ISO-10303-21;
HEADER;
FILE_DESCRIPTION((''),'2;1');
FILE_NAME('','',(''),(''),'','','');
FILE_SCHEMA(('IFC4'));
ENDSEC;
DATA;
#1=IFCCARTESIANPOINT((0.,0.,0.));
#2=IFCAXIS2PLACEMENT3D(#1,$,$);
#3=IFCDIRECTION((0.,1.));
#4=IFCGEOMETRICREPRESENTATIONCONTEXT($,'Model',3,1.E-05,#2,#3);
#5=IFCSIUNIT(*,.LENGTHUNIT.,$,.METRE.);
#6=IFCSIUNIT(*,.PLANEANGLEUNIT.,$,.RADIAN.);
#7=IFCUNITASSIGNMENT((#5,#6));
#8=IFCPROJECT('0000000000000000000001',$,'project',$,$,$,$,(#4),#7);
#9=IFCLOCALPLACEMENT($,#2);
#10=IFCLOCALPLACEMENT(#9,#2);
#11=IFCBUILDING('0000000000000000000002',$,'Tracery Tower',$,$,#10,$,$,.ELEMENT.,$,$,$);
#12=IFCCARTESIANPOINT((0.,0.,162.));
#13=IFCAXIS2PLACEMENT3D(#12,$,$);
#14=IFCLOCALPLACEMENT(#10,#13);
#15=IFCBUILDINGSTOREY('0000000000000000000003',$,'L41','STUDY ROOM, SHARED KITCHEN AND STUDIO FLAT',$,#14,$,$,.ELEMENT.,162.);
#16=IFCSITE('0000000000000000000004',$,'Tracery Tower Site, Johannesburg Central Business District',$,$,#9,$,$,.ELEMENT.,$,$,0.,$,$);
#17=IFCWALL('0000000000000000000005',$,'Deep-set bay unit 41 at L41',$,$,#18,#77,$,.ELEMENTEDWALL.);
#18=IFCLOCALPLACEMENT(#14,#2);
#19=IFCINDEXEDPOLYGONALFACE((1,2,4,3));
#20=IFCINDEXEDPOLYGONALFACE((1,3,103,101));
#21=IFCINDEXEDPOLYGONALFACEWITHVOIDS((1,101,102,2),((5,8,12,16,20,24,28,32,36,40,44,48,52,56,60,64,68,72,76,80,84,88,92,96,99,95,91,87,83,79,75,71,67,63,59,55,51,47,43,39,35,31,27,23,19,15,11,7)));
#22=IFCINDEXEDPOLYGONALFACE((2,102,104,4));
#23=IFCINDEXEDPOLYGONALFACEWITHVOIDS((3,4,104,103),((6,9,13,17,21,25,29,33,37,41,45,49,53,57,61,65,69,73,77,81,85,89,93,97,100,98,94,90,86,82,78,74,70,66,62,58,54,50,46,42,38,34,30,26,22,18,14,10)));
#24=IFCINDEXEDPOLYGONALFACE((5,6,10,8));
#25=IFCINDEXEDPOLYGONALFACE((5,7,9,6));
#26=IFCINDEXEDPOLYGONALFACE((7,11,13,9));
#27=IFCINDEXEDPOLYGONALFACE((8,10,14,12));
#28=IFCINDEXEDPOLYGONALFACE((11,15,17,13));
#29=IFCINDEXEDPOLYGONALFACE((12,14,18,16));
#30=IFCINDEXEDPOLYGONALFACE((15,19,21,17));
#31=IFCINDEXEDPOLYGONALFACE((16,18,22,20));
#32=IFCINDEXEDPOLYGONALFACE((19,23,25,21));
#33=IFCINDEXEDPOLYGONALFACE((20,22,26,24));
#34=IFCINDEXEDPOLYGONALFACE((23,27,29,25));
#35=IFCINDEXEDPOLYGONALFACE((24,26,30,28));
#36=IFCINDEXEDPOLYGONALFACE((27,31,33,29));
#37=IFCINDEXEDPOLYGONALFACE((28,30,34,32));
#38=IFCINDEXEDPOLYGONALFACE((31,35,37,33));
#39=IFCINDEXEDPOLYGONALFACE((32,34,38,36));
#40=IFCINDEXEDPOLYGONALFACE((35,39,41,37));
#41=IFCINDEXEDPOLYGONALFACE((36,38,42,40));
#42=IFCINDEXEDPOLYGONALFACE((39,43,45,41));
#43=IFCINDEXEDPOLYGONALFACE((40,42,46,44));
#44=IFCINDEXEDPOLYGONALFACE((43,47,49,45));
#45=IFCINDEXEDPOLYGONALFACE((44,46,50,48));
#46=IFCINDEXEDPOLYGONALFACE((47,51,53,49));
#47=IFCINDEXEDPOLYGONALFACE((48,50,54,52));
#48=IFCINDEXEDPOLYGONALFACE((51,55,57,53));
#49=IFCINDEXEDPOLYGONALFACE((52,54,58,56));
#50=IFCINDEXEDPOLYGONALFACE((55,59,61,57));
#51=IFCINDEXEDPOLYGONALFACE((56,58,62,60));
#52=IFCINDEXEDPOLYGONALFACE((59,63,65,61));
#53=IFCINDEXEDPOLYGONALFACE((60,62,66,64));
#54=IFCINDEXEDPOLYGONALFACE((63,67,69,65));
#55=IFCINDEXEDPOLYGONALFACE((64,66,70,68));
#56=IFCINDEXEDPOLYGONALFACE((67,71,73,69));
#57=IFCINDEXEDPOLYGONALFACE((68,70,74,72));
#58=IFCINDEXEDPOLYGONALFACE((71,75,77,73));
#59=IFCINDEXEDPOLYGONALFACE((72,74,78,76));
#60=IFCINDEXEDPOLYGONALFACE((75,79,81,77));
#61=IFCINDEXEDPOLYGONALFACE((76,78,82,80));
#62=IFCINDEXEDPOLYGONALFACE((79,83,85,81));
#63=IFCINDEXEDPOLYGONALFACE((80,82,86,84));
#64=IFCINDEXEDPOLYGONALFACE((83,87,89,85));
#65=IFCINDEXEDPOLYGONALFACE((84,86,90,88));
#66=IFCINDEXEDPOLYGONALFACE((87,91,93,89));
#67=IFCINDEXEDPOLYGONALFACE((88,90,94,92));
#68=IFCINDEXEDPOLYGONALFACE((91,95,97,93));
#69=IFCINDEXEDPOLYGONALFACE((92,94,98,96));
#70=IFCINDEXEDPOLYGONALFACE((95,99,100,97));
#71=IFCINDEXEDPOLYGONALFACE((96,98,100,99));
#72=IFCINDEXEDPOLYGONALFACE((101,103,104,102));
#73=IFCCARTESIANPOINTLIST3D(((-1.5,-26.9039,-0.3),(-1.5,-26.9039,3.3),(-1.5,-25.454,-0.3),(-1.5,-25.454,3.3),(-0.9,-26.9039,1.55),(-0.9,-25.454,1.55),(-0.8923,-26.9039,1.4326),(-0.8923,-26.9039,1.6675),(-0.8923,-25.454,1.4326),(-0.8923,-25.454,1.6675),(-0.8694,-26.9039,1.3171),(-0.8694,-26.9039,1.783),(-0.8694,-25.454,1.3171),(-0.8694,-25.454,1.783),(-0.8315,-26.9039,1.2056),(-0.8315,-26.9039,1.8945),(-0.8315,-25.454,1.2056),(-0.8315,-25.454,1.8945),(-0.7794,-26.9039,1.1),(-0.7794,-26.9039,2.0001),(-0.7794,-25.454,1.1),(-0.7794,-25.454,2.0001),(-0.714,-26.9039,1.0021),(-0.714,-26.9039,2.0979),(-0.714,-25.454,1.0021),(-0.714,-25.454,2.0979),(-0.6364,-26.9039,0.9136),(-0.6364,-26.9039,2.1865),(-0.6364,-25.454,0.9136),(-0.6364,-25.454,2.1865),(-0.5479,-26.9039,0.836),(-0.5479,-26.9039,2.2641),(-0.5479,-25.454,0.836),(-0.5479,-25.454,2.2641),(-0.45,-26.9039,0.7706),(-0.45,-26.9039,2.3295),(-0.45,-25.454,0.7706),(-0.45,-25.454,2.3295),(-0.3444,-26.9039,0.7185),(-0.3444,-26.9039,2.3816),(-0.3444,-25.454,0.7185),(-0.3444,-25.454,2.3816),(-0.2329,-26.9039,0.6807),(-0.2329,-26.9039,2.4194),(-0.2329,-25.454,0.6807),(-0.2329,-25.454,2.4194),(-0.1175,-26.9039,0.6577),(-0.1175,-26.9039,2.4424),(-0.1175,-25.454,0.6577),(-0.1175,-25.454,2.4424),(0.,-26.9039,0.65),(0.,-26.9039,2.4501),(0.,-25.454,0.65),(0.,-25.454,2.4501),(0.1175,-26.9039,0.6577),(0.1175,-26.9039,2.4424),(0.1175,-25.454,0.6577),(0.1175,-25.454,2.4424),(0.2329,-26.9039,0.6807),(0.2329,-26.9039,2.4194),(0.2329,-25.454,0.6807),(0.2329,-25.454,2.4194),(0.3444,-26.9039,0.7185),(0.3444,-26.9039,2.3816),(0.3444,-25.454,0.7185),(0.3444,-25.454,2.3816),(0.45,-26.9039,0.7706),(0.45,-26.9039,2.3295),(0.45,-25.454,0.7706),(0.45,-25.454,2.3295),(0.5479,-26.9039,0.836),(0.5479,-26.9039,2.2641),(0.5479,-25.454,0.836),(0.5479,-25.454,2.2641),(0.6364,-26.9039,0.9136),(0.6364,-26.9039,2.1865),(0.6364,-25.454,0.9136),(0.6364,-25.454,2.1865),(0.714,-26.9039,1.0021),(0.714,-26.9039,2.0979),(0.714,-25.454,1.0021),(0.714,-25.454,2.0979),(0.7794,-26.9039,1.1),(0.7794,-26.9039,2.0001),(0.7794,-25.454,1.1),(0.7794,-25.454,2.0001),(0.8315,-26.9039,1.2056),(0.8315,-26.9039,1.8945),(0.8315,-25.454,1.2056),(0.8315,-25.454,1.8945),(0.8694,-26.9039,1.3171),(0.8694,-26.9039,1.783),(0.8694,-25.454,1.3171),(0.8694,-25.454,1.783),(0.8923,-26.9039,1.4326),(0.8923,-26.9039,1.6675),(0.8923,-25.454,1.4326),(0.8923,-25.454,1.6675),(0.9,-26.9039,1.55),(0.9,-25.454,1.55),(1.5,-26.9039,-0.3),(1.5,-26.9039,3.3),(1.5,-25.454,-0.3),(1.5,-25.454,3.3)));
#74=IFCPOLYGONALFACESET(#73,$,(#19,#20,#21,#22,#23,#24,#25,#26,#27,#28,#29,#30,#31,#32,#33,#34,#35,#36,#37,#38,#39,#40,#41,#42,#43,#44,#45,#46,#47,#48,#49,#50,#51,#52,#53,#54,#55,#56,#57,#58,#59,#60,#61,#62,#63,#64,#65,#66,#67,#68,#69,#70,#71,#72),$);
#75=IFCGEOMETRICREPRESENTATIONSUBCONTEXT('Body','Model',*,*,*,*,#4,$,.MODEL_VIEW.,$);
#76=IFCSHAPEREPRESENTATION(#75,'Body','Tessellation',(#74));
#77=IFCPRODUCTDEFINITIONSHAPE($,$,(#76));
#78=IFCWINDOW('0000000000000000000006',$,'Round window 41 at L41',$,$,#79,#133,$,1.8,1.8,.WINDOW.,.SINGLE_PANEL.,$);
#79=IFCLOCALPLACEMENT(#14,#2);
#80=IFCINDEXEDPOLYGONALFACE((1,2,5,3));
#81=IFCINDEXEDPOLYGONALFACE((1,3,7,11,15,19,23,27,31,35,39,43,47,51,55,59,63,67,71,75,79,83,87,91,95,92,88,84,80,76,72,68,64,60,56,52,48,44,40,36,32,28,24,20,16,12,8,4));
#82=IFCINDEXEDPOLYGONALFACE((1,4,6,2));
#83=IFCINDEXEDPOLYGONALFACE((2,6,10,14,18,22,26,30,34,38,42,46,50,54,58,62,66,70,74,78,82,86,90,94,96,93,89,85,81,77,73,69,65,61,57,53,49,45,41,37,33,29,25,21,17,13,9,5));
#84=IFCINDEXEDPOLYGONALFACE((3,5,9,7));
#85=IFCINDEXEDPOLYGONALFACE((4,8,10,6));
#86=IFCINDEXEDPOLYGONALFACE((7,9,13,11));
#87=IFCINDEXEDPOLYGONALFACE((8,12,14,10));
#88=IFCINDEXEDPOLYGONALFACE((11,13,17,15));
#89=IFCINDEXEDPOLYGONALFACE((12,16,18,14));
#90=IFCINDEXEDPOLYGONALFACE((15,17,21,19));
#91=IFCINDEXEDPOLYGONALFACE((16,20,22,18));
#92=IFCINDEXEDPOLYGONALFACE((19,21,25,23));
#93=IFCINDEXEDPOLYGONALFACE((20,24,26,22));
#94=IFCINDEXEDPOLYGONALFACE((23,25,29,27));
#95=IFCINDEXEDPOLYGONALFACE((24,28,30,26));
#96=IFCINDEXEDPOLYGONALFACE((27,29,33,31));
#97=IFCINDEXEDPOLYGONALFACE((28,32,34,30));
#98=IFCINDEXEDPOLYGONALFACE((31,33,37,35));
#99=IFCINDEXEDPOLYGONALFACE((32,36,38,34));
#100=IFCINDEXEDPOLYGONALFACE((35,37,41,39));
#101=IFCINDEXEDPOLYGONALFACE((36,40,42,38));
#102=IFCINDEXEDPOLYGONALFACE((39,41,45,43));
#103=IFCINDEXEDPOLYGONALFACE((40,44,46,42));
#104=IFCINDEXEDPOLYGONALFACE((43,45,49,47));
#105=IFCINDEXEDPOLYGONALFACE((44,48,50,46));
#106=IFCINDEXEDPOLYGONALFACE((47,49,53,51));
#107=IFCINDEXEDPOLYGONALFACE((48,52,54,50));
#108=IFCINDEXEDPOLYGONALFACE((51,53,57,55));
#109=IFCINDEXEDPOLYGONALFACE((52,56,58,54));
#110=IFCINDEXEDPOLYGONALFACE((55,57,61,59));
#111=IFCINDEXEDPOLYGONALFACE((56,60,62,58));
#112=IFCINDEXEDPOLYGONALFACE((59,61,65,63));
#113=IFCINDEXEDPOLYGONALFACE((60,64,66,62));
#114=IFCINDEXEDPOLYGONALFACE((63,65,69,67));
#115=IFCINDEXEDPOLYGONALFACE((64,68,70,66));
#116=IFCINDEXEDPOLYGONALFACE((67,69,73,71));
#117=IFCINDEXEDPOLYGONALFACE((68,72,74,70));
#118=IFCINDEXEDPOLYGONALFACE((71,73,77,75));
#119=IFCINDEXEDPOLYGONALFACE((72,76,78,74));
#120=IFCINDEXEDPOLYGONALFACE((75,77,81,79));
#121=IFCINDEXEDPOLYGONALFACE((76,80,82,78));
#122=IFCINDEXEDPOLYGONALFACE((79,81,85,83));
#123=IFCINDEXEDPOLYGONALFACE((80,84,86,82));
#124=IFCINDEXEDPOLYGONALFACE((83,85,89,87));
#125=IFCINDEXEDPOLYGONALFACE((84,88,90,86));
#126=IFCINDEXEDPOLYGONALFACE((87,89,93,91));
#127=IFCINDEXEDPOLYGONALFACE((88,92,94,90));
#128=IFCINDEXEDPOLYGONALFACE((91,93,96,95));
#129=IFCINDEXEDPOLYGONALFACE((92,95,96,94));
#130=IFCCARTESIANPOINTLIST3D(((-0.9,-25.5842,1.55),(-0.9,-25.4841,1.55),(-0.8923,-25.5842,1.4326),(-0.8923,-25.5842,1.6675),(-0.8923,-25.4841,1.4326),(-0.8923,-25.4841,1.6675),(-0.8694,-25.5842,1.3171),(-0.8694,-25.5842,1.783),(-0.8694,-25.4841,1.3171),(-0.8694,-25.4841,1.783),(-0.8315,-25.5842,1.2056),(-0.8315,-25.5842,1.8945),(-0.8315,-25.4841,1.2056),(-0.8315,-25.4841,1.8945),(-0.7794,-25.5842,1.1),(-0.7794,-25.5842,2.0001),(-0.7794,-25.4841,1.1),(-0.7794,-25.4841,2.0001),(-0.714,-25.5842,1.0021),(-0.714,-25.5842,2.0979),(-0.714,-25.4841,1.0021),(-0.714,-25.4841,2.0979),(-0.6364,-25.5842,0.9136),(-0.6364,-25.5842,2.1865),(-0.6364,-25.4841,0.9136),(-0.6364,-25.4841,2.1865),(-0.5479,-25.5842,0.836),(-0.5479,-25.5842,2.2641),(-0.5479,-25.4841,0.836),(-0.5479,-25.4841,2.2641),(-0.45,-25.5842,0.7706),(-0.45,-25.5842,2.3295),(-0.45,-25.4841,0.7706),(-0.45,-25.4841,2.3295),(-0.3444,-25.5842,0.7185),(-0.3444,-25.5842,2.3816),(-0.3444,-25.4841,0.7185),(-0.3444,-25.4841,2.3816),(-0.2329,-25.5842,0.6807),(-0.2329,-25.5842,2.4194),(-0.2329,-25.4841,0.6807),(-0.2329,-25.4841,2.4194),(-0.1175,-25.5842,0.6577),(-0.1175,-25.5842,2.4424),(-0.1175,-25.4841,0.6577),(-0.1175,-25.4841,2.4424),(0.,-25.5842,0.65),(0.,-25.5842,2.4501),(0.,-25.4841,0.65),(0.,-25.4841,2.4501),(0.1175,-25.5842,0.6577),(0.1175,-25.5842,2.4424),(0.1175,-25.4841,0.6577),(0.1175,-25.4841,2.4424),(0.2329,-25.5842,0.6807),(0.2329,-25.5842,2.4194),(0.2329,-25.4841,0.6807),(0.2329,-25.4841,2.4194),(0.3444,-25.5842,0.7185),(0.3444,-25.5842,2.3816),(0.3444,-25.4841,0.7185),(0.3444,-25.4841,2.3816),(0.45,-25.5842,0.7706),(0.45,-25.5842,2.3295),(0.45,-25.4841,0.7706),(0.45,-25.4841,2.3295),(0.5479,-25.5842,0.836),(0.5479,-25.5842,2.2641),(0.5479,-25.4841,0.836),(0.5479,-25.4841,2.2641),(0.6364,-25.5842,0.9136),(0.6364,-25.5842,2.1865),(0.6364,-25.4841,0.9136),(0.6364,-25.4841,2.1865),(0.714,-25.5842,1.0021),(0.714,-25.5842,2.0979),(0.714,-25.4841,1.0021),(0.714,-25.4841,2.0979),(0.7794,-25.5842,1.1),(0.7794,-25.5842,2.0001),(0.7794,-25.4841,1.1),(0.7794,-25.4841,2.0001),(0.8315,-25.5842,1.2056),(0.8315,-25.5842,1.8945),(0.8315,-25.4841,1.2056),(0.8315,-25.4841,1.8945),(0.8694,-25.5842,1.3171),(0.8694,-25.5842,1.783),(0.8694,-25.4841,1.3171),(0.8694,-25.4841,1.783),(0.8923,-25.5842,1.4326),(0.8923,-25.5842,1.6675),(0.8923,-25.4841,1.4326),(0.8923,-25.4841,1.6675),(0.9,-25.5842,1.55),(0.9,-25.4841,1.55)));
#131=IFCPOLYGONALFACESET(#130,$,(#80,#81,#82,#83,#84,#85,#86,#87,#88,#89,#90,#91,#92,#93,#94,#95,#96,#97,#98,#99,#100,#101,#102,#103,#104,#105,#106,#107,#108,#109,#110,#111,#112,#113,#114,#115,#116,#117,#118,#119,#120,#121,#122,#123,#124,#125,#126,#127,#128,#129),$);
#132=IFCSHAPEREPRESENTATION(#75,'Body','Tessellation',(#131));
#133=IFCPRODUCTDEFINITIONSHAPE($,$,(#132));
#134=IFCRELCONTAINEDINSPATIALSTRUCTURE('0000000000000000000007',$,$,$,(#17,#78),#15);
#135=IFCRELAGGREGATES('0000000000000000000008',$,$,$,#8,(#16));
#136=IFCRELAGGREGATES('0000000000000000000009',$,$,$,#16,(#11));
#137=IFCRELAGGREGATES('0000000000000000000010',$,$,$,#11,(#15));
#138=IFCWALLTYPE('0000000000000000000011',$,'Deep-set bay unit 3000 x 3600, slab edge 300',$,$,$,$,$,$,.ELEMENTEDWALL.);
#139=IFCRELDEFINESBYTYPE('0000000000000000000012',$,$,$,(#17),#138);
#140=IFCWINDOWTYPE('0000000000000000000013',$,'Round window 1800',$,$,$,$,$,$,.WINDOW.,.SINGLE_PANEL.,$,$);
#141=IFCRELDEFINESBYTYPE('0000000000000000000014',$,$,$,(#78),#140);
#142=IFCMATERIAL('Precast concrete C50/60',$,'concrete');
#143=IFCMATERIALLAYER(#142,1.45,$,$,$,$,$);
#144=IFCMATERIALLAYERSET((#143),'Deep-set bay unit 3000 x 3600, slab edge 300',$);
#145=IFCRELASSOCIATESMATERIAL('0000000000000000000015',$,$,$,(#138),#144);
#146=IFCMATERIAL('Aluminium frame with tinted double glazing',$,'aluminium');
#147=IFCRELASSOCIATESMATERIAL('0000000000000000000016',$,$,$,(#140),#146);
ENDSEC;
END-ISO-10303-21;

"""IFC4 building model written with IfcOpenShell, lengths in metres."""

from ifc_helpers import new_model, si_unit, direction, frame, frame_2d, origin, origin_2d, place, context, subcontext, project, spatial, rectangle, circle, extrude, material, layer, layer_set, type_object, element, fill, save


model = new_model("IFC4")

# Units and contexts
model_context = context("Model", 3, precision=1e-05, world=origin(), true_north=direction((0.0, 1.0)))
body_context = subcontext(model_context, "Body", "Model", "MODEL_VIEW")
ifc_project = project(units=[si_unit("LENGTHUNIT", "METRE"), si_unit("PLANEANGLEUNIT", "RADIAN")], contexts=[model_context])

# Site, building, storey
site_placement = place(None, origin())
site = spatial("IfcSite", under=ifc_project, at=site_placement, Name="Tracery Tower Site, Johannesburg Central Business District", CompositionType="ELEMENT", RefElevation=0.0)
building_placement = place(site_placement, origin())
building = spatial("IfcBuilding", under=site, at=building_placement, Name="Tracery Tower", CompositionType="ELEMENT")
storey_placement = place(building_placement, frame((0.0, 0.0, 162.0)))
storey = spatial("IfcBuildingStorey", under=building, at=storey_placement, Name="L41", Description="STUDY ROOM, SHARED KITCHEN AND STUDIO FLAT", CompositionType="ELEMENT", Elevation=162.0)

# Wall, opening, window
ifc_material_1 = material(Name="Precast concrete C50/60", Category="concrete")
ifc_layer_1 = layer(ifc_material_1, 1.45)
ifc_layer_set_1 = layer_set([ifc_layer_1], Name="Deep-set bay unit 3000 x 3600, slab edge 300")
wall_type_1 = type_object("IfcWallType", Name="Deep-set bay unit 3000 x 3600, slab edge 300", PredefinedType="ELEMENTEDWALL", material=ifc_layer_set_1)
ifc_material_2 = material(Name="Aluminium frame with tinted double glazing", Category="aluminium")
window_type = type_object("IfcWindowType", Name="Round window 1800", PartitioningType="SINGLE_PANEL", PredefinedType="WINDOW", material=ifc_material_2)
wall_1_placement = place(storey_placement, frame((-1.5, -26.179, -0.3), z_axis=(0.0, 0.0, 1.0), x_axis=(1.0, 0.0, 0.0)))
wall_1 = element("IfcWall", 1, at=wall_1_placement, inside=storey, type_object=wall_type_1, Name="Deep-set bay unit 41 at L41", PredefinedType="ELEMENTEDWALL", context=body_context, shape_type="SweptSolid", body=[
    extrude(rectangle(XDim=3.0, YDim=1.45, at=frame_2d((1.5, 0.0))), origin(), (0.0, 0.0, 1.0), 3.6001),
])
opening_1_placement = place(wall_1_placement, frame((1.5, 0.0, 1.8501)))
opening_1 = element("IfcOpeningElement", 2, at=opening_1_placement, cuts=wall_1, PredefinedType="OPENING", context=body_context, shape_type="SweptSolid", body=[
    extrude(circle(Radius=0.9, at=origin_2d()), frame((0.0, 0.7349, 0.0), z_axis=(0.0, -1.0, 0.0), x_axis=(1.0, 0.0, 0.0)), (0.0, 0.0, 1.0), 1.47),
])
window_1_placement = place(opening_1_placement, origin())
window_1 = element("IfcWindow", 3, at=window_1_placement, inside=storey, type_object=window_type, Name="Round window 41 at L41", OverallHeight=1.8, OverallWidth=1.8, PartitioningType="SINGLE_PANEL", PredefinedType="WINDOW", context=body_context, shape_type="SweptSolid", body=[
    extrude(circle(Radius=0.9, at=origin_2d()), frame((0.0, 0.6948, 0.0), z_axis=(0.0, -1.0, 0.0), x_axis=(1.0, 0.0, 0.0)), (0.0, 0.0, 1.0), 0.1001),
])
fill(opening_1, window_1)

save(model, "model.ifc")
